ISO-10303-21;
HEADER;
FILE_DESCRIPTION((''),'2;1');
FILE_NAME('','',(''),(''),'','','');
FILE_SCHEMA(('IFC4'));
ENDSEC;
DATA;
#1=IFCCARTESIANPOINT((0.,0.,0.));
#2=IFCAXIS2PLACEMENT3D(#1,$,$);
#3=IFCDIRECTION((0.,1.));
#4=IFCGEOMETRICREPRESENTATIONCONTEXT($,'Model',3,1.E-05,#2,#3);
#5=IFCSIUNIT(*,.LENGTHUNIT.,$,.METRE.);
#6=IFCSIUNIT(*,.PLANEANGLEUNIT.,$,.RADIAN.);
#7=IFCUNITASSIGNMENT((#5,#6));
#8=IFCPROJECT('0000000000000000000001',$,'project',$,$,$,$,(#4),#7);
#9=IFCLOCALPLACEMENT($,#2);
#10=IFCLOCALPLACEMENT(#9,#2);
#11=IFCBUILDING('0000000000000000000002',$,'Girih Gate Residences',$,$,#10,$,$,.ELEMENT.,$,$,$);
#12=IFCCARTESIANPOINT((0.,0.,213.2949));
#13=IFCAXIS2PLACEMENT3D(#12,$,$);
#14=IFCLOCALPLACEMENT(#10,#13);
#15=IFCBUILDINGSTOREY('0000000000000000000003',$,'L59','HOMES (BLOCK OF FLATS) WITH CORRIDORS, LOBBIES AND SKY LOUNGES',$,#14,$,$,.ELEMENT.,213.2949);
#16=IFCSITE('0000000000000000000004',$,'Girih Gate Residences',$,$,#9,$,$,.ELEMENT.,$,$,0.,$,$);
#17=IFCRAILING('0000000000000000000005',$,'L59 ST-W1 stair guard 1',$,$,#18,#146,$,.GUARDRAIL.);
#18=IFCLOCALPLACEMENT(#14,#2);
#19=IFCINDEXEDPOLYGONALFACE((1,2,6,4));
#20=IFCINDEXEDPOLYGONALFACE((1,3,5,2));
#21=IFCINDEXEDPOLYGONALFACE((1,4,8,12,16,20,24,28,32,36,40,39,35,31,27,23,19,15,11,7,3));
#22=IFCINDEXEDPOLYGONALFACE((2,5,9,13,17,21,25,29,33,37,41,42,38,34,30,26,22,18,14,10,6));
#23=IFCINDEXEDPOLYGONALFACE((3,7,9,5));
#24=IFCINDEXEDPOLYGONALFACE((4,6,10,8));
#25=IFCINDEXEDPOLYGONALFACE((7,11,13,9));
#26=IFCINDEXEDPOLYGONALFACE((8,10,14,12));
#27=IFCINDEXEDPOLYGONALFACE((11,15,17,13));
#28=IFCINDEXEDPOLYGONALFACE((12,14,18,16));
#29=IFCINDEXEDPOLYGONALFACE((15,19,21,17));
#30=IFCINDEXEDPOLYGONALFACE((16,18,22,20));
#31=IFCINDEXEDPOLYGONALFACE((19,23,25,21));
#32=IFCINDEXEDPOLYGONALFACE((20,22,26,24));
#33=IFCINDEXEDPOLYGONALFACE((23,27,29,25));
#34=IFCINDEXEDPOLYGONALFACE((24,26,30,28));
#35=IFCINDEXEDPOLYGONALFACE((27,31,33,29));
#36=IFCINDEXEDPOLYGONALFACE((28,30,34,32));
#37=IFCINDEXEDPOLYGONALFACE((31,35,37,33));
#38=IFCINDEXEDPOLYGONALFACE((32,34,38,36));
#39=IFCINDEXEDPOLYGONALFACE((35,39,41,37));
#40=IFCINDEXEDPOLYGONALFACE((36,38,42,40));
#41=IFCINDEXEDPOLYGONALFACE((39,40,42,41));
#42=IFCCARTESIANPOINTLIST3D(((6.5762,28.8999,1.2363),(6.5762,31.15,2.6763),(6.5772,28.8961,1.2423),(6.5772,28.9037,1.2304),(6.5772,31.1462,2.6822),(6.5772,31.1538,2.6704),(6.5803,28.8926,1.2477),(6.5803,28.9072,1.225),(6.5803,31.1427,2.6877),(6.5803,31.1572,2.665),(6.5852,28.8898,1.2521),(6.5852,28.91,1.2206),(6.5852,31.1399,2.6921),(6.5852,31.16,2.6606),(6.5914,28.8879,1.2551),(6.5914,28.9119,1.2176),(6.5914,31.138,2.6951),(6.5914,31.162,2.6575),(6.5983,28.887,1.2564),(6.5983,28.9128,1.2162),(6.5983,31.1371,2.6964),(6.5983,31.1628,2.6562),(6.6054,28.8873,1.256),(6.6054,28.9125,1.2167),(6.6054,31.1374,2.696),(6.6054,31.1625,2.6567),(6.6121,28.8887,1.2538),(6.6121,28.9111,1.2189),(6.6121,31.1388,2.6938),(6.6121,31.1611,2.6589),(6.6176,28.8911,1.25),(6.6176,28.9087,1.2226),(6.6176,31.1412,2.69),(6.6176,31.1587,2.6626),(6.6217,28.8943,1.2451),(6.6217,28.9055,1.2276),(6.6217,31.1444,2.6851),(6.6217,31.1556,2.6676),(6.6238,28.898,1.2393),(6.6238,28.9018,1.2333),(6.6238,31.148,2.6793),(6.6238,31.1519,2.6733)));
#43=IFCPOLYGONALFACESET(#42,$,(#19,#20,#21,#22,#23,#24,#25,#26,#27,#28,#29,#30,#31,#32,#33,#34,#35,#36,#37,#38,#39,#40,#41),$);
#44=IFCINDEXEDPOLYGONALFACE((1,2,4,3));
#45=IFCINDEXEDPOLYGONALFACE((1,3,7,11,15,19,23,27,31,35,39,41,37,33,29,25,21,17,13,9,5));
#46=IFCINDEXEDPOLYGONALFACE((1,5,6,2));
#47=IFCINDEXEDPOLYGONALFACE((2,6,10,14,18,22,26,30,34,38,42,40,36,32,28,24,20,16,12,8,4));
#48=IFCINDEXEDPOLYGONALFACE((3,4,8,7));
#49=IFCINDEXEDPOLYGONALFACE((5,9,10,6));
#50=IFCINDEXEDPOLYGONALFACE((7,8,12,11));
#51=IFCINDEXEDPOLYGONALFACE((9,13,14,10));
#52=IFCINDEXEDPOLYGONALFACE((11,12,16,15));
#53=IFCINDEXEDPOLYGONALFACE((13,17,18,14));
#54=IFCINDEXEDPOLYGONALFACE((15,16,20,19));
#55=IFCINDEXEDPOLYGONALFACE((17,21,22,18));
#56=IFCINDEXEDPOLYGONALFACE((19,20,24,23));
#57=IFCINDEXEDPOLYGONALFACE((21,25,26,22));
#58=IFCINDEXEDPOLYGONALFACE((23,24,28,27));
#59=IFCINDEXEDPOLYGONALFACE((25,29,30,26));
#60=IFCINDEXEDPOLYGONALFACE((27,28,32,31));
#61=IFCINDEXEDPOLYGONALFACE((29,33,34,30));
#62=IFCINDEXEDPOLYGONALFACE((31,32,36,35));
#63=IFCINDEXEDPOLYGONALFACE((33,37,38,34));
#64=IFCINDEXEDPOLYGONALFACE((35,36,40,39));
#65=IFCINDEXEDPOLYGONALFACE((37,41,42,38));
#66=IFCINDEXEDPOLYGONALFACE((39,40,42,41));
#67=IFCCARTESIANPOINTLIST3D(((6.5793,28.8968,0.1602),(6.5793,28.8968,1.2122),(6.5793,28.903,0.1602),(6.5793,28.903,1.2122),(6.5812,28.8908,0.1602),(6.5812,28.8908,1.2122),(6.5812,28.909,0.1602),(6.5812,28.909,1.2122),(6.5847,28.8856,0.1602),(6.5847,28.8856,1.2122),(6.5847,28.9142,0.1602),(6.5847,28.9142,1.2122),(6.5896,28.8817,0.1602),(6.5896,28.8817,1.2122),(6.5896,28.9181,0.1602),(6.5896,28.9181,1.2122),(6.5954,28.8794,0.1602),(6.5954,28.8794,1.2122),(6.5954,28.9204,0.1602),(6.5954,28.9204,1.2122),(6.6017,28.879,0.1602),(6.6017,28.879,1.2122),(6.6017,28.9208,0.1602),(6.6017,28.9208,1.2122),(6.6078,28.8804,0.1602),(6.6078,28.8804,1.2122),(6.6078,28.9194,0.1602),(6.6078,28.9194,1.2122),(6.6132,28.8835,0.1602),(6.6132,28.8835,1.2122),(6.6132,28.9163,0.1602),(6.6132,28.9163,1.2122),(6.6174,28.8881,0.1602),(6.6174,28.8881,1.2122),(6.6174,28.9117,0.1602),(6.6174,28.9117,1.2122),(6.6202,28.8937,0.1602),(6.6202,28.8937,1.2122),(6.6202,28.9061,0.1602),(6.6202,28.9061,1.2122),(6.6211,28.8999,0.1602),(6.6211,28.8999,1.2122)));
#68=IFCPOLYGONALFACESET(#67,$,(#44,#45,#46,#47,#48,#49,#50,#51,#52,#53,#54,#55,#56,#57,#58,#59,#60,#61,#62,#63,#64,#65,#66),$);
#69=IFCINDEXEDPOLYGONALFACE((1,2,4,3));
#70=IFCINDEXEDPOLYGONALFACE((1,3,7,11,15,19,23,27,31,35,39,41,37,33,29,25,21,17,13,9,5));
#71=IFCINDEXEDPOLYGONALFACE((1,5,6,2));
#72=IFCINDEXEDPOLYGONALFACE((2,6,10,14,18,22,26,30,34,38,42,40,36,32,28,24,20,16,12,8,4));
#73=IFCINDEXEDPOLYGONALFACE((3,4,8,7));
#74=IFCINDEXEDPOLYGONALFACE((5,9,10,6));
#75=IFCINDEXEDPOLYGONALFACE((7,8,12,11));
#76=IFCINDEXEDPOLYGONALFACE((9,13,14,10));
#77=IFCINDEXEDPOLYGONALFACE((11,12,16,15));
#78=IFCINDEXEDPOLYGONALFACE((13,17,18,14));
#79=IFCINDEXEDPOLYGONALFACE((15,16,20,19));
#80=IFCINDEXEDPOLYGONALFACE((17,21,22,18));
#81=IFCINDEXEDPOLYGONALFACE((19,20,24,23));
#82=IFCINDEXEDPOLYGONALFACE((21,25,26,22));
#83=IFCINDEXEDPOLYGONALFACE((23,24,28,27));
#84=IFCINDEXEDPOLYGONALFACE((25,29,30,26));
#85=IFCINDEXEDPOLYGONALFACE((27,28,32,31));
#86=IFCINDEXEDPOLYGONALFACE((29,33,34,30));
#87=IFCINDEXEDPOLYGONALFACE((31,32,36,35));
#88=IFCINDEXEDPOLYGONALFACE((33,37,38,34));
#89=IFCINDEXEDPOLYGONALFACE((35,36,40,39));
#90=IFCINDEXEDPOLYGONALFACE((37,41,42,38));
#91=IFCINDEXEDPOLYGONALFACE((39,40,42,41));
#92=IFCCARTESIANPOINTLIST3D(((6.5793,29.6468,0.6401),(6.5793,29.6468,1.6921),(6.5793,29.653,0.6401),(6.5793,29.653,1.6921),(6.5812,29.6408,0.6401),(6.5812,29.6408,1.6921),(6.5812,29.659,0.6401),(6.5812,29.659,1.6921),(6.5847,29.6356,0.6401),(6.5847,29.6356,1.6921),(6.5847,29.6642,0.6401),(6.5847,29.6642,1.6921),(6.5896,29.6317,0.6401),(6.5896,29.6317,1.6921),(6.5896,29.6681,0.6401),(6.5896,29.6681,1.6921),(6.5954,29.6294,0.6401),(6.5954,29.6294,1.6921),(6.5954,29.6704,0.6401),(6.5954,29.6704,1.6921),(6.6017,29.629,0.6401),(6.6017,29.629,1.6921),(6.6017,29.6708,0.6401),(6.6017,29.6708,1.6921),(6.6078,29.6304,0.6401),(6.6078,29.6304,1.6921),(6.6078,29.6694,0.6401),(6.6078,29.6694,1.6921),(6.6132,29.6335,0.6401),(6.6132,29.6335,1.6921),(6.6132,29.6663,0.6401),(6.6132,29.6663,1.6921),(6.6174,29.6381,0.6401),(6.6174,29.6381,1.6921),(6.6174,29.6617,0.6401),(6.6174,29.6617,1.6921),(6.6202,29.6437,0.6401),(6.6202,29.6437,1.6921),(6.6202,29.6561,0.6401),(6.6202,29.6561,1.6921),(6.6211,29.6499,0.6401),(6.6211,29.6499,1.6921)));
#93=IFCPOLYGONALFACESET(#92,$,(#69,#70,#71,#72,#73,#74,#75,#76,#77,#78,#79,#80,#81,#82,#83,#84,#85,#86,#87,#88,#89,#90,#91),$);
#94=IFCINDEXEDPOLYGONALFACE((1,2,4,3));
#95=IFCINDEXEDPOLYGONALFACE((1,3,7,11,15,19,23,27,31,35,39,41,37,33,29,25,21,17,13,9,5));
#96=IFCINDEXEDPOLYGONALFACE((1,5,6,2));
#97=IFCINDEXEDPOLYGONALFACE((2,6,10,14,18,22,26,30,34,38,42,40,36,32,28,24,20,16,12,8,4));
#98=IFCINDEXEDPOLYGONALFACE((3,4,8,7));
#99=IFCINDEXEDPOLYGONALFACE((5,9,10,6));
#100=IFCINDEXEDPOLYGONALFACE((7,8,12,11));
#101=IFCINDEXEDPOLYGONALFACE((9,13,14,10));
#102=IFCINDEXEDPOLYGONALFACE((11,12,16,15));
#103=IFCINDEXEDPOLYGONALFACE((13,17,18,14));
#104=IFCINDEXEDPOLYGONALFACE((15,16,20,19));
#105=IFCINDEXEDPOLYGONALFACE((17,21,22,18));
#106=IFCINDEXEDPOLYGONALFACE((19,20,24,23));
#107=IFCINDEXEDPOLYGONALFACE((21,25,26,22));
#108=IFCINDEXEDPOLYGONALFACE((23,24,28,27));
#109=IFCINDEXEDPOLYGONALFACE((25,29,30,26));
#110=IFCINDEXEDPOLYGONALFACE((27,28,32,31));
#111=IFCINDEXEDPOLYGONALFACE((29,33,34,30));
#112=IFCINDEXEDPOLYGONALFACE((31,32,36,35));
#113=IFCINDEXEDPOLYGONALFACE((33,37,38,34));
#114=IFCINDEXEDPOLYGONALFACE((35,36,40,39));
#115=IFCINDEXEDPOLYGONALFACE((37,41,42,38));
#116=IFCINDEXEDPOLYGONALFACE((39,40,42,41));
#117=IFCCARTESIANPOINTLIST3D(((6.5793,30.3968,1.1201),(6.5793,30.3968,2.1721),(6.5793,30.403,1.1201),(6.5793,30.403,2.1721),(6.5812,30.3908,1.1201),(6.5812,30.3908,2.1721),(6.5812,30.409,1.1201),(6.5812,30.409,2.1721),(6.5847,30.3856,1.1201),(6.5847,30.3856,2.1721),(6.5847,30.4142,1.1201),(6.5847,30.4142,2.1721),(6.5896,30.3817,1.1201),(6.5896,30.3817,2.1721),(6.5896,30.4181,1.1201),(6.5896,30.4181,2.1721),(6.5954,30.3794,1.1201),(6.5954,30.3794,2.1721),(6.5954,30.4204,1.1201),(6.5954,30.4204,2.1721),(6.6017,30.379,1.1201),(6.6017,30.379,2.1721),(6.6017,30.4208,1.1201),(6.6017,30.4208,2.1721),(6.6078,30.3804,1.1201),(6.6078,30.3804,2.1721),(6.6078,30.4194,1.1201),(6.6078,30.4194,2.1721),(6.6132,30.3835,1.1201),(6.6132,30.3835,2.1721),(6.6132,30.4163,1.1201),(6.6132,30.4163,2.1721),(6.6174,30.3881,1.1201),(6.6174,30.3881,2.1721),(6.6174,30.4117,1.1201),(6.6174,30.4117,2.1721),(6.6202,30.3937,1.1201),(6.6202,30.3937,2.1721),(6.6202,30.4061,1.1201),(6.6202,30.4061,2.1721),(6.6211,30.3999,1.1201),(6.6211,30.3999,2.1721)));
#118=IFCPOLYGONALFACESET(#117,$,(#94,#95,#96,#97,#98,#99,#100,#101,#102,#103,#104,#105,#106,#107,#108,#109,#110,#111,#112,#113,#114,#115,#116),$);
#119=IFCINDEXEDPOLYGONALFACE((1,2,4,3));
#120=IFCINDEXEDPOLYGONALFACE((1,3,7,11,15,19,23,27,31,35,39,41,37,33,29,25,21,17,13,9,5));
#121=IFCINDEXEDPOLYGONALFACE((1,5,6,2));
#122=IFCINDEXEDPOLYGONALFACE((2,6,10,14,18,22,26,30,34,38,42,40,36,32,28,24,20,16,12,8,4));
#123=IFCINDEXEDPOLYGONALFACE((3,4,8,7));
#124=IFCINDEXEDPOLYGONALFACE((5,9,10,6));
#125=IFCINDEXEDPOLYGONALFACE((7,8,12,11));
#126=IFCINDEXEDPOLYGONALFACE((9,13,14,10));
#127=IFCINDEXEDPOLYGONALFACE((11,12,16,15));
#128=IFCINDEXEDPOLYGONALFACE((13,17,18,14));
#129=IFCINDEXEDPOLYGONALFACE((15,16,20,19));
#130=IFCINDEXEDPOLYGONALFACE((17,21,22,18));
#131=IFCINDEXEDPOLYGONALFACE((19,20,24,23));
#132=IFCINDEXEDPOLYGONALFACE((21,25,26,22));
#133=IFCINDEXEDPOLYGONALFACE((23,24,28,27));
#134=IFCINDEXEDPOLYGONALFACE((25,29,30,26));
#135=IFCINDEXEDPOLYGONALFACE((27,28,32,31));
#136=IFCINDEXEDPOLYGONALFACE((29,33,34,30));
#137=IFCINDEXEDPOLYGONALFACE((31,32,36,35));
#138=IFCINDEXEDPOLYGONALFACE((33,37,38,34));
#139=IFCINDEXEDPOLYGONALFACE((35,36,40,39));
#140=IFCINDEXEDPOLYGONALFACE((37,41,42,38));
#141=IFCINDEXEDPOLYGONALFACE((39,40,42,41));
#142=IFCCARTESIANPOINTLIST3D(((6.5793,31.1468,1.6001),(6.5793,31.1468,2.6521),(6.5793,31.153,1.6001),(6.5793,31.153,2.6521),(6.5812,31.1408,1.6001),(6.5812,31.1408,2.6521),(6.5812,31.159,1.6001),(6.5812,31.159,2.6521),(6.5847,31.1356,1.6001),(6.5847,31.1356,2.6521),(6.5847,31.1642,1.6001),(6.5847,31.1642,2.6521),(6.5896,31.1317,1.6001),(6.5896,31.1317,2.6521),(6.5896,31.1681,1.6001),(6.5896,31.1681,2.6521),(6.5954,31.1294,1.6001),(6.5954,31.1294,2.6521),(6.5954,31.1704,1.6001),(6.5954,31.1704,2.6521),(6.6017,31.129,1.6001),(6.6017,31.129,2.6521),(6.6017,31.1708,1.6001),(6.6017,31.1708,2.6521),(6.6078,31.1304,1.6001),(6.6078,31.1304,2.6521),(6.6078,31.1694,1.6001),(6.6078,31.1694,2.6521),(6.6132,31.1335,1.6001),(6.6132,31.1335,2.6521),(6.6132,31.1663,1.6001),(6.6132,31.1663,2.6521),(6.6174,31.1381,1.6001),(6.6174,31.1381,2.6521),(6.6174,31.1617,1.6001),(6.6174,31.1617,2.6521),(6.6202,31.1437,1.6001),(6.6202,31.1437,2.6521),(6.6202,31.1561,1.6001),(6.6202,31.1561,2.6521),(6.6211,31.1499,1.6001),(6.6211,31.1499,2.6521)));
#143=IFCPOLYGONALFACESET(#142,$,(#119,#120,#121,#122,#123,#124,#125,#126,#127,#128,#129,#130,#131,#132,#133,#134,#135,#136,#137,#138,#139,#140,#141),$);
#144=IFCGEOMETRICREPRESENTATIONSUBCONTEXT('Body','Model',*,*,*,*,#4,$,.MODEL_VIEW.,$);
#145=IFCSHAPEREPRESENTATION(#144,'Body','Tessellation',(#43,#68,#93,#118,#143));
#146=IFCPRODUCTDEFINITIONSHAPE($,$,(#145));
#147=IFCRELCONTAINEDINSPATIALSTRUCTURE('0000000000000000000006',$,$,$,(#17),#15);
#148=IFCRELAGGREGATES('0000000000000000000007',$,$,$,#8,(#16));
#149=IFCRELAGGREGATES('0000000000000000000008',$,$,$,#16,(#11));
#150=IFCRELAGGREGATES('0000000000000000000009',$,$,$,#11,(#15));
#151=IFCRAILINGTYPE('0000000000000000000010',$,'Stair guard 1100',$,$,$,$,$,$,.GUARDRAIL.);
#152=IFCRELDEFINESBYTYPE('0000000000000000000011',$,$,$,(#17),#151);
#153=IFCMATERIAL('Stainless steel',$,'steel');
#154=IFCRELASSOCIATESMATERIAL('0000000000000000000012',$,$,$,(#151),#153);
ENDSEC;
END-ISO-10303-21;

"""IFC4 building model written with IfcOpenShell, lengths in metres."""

from ifc_helpers import new_model, si_unit, direction, frame, origin, origin_2d, place, context, subcontext, project, spatial, circle, extrude, material, type_object, element, save


model = new_model("IFC4")

# Units and contexts
model_context = context("Model", 3, precision=1e-05, world=origin(), true_north=direction((0.0, 1.0)))
body_context = subcontext(model_context, "Body", "Model", "MODEL_VIEW")
ifc_project = project(units=[si_unit("LENGTHUNIT", "METRE"), si_unit("PLANEANGLEUNIT", "RADIAN")], contexts=[model_context])

# Site, building, storey
site_placement = place(None, origin())
site = spatial("IfcSite", under=ifc_project, at=site_placement, Name="Girih Gate Residences", CompositionType="ELEMENT", RefElevation=0.0)
building_placement = place(site_placement, origin())
building = spatial("IfcBuilding", under=site, at=building_placement, Name="Girih Gate Residences", CompositionType="ELEMENT")
storey_placement = place(building_placement, frame((0.0, 0.0, 213.2949)))
storey = spatial("IfcBuildingStorey", under=building, at=storey_placement, Name="L59", Description="HOMES (BLOCK OF FLATS) WITH CORRIDORS, LOBBIES AND SKY LOUNGES", CompositionType="ELEMENT", Elevation=213.2949)

# Railing
ifc_material_1 = material(Name="Stainless steel", Category="steel")
railing_type_1 = type_object("IfcRailingType", Name="Stair guard 1100", PredefinedType="GUARDRAIL", material=ifc_material_1)
railing_1_placement = place(storey_placement, frame((6.6001, 28.8999, 0.1602)))
element("IfcRailing", 1, at=railing_1_placement, inside=storey, type_object=railing_type_1, Name="L59 ST-W1 stair guard 1", PredefinedType="GUARDRAIL", context=body_context, shape_type="SweptSolid", body=[
    extrude(circle(Radius=0.0239, at=origin_2d()), frame((0.0, 0.0, 1.0762), z_axis=(0.0, 0.842281, 0.539038), x_axis=(-1.0, 0.0, 0.0)), (0.0, 0.0, 1.0), 2.6714),
    extrude(circle(Radius=0.021, at=origin_2d()), origin(), (0.0, 0.0, 1.0), 1.052),
    extrude(circle(Radius=0.021, at=origin_2d()), frame((0.0, 0.75, 0.48)), (0.0, 0.0, 1.0), 1.052),
    extrude(circle(Radius=0.021, at=origin_2d()), frame((0.0, 1.5, 0.96)), (0.0, 0.0, 1.0), 1.052),
    extrude(circle(Radius=0.021, at=origin_2d()), frame((0.0, 2.25, 1.4399)), (0.0, 0.0, 1.0), 1.052),
])

save(model, "model.ifc")
